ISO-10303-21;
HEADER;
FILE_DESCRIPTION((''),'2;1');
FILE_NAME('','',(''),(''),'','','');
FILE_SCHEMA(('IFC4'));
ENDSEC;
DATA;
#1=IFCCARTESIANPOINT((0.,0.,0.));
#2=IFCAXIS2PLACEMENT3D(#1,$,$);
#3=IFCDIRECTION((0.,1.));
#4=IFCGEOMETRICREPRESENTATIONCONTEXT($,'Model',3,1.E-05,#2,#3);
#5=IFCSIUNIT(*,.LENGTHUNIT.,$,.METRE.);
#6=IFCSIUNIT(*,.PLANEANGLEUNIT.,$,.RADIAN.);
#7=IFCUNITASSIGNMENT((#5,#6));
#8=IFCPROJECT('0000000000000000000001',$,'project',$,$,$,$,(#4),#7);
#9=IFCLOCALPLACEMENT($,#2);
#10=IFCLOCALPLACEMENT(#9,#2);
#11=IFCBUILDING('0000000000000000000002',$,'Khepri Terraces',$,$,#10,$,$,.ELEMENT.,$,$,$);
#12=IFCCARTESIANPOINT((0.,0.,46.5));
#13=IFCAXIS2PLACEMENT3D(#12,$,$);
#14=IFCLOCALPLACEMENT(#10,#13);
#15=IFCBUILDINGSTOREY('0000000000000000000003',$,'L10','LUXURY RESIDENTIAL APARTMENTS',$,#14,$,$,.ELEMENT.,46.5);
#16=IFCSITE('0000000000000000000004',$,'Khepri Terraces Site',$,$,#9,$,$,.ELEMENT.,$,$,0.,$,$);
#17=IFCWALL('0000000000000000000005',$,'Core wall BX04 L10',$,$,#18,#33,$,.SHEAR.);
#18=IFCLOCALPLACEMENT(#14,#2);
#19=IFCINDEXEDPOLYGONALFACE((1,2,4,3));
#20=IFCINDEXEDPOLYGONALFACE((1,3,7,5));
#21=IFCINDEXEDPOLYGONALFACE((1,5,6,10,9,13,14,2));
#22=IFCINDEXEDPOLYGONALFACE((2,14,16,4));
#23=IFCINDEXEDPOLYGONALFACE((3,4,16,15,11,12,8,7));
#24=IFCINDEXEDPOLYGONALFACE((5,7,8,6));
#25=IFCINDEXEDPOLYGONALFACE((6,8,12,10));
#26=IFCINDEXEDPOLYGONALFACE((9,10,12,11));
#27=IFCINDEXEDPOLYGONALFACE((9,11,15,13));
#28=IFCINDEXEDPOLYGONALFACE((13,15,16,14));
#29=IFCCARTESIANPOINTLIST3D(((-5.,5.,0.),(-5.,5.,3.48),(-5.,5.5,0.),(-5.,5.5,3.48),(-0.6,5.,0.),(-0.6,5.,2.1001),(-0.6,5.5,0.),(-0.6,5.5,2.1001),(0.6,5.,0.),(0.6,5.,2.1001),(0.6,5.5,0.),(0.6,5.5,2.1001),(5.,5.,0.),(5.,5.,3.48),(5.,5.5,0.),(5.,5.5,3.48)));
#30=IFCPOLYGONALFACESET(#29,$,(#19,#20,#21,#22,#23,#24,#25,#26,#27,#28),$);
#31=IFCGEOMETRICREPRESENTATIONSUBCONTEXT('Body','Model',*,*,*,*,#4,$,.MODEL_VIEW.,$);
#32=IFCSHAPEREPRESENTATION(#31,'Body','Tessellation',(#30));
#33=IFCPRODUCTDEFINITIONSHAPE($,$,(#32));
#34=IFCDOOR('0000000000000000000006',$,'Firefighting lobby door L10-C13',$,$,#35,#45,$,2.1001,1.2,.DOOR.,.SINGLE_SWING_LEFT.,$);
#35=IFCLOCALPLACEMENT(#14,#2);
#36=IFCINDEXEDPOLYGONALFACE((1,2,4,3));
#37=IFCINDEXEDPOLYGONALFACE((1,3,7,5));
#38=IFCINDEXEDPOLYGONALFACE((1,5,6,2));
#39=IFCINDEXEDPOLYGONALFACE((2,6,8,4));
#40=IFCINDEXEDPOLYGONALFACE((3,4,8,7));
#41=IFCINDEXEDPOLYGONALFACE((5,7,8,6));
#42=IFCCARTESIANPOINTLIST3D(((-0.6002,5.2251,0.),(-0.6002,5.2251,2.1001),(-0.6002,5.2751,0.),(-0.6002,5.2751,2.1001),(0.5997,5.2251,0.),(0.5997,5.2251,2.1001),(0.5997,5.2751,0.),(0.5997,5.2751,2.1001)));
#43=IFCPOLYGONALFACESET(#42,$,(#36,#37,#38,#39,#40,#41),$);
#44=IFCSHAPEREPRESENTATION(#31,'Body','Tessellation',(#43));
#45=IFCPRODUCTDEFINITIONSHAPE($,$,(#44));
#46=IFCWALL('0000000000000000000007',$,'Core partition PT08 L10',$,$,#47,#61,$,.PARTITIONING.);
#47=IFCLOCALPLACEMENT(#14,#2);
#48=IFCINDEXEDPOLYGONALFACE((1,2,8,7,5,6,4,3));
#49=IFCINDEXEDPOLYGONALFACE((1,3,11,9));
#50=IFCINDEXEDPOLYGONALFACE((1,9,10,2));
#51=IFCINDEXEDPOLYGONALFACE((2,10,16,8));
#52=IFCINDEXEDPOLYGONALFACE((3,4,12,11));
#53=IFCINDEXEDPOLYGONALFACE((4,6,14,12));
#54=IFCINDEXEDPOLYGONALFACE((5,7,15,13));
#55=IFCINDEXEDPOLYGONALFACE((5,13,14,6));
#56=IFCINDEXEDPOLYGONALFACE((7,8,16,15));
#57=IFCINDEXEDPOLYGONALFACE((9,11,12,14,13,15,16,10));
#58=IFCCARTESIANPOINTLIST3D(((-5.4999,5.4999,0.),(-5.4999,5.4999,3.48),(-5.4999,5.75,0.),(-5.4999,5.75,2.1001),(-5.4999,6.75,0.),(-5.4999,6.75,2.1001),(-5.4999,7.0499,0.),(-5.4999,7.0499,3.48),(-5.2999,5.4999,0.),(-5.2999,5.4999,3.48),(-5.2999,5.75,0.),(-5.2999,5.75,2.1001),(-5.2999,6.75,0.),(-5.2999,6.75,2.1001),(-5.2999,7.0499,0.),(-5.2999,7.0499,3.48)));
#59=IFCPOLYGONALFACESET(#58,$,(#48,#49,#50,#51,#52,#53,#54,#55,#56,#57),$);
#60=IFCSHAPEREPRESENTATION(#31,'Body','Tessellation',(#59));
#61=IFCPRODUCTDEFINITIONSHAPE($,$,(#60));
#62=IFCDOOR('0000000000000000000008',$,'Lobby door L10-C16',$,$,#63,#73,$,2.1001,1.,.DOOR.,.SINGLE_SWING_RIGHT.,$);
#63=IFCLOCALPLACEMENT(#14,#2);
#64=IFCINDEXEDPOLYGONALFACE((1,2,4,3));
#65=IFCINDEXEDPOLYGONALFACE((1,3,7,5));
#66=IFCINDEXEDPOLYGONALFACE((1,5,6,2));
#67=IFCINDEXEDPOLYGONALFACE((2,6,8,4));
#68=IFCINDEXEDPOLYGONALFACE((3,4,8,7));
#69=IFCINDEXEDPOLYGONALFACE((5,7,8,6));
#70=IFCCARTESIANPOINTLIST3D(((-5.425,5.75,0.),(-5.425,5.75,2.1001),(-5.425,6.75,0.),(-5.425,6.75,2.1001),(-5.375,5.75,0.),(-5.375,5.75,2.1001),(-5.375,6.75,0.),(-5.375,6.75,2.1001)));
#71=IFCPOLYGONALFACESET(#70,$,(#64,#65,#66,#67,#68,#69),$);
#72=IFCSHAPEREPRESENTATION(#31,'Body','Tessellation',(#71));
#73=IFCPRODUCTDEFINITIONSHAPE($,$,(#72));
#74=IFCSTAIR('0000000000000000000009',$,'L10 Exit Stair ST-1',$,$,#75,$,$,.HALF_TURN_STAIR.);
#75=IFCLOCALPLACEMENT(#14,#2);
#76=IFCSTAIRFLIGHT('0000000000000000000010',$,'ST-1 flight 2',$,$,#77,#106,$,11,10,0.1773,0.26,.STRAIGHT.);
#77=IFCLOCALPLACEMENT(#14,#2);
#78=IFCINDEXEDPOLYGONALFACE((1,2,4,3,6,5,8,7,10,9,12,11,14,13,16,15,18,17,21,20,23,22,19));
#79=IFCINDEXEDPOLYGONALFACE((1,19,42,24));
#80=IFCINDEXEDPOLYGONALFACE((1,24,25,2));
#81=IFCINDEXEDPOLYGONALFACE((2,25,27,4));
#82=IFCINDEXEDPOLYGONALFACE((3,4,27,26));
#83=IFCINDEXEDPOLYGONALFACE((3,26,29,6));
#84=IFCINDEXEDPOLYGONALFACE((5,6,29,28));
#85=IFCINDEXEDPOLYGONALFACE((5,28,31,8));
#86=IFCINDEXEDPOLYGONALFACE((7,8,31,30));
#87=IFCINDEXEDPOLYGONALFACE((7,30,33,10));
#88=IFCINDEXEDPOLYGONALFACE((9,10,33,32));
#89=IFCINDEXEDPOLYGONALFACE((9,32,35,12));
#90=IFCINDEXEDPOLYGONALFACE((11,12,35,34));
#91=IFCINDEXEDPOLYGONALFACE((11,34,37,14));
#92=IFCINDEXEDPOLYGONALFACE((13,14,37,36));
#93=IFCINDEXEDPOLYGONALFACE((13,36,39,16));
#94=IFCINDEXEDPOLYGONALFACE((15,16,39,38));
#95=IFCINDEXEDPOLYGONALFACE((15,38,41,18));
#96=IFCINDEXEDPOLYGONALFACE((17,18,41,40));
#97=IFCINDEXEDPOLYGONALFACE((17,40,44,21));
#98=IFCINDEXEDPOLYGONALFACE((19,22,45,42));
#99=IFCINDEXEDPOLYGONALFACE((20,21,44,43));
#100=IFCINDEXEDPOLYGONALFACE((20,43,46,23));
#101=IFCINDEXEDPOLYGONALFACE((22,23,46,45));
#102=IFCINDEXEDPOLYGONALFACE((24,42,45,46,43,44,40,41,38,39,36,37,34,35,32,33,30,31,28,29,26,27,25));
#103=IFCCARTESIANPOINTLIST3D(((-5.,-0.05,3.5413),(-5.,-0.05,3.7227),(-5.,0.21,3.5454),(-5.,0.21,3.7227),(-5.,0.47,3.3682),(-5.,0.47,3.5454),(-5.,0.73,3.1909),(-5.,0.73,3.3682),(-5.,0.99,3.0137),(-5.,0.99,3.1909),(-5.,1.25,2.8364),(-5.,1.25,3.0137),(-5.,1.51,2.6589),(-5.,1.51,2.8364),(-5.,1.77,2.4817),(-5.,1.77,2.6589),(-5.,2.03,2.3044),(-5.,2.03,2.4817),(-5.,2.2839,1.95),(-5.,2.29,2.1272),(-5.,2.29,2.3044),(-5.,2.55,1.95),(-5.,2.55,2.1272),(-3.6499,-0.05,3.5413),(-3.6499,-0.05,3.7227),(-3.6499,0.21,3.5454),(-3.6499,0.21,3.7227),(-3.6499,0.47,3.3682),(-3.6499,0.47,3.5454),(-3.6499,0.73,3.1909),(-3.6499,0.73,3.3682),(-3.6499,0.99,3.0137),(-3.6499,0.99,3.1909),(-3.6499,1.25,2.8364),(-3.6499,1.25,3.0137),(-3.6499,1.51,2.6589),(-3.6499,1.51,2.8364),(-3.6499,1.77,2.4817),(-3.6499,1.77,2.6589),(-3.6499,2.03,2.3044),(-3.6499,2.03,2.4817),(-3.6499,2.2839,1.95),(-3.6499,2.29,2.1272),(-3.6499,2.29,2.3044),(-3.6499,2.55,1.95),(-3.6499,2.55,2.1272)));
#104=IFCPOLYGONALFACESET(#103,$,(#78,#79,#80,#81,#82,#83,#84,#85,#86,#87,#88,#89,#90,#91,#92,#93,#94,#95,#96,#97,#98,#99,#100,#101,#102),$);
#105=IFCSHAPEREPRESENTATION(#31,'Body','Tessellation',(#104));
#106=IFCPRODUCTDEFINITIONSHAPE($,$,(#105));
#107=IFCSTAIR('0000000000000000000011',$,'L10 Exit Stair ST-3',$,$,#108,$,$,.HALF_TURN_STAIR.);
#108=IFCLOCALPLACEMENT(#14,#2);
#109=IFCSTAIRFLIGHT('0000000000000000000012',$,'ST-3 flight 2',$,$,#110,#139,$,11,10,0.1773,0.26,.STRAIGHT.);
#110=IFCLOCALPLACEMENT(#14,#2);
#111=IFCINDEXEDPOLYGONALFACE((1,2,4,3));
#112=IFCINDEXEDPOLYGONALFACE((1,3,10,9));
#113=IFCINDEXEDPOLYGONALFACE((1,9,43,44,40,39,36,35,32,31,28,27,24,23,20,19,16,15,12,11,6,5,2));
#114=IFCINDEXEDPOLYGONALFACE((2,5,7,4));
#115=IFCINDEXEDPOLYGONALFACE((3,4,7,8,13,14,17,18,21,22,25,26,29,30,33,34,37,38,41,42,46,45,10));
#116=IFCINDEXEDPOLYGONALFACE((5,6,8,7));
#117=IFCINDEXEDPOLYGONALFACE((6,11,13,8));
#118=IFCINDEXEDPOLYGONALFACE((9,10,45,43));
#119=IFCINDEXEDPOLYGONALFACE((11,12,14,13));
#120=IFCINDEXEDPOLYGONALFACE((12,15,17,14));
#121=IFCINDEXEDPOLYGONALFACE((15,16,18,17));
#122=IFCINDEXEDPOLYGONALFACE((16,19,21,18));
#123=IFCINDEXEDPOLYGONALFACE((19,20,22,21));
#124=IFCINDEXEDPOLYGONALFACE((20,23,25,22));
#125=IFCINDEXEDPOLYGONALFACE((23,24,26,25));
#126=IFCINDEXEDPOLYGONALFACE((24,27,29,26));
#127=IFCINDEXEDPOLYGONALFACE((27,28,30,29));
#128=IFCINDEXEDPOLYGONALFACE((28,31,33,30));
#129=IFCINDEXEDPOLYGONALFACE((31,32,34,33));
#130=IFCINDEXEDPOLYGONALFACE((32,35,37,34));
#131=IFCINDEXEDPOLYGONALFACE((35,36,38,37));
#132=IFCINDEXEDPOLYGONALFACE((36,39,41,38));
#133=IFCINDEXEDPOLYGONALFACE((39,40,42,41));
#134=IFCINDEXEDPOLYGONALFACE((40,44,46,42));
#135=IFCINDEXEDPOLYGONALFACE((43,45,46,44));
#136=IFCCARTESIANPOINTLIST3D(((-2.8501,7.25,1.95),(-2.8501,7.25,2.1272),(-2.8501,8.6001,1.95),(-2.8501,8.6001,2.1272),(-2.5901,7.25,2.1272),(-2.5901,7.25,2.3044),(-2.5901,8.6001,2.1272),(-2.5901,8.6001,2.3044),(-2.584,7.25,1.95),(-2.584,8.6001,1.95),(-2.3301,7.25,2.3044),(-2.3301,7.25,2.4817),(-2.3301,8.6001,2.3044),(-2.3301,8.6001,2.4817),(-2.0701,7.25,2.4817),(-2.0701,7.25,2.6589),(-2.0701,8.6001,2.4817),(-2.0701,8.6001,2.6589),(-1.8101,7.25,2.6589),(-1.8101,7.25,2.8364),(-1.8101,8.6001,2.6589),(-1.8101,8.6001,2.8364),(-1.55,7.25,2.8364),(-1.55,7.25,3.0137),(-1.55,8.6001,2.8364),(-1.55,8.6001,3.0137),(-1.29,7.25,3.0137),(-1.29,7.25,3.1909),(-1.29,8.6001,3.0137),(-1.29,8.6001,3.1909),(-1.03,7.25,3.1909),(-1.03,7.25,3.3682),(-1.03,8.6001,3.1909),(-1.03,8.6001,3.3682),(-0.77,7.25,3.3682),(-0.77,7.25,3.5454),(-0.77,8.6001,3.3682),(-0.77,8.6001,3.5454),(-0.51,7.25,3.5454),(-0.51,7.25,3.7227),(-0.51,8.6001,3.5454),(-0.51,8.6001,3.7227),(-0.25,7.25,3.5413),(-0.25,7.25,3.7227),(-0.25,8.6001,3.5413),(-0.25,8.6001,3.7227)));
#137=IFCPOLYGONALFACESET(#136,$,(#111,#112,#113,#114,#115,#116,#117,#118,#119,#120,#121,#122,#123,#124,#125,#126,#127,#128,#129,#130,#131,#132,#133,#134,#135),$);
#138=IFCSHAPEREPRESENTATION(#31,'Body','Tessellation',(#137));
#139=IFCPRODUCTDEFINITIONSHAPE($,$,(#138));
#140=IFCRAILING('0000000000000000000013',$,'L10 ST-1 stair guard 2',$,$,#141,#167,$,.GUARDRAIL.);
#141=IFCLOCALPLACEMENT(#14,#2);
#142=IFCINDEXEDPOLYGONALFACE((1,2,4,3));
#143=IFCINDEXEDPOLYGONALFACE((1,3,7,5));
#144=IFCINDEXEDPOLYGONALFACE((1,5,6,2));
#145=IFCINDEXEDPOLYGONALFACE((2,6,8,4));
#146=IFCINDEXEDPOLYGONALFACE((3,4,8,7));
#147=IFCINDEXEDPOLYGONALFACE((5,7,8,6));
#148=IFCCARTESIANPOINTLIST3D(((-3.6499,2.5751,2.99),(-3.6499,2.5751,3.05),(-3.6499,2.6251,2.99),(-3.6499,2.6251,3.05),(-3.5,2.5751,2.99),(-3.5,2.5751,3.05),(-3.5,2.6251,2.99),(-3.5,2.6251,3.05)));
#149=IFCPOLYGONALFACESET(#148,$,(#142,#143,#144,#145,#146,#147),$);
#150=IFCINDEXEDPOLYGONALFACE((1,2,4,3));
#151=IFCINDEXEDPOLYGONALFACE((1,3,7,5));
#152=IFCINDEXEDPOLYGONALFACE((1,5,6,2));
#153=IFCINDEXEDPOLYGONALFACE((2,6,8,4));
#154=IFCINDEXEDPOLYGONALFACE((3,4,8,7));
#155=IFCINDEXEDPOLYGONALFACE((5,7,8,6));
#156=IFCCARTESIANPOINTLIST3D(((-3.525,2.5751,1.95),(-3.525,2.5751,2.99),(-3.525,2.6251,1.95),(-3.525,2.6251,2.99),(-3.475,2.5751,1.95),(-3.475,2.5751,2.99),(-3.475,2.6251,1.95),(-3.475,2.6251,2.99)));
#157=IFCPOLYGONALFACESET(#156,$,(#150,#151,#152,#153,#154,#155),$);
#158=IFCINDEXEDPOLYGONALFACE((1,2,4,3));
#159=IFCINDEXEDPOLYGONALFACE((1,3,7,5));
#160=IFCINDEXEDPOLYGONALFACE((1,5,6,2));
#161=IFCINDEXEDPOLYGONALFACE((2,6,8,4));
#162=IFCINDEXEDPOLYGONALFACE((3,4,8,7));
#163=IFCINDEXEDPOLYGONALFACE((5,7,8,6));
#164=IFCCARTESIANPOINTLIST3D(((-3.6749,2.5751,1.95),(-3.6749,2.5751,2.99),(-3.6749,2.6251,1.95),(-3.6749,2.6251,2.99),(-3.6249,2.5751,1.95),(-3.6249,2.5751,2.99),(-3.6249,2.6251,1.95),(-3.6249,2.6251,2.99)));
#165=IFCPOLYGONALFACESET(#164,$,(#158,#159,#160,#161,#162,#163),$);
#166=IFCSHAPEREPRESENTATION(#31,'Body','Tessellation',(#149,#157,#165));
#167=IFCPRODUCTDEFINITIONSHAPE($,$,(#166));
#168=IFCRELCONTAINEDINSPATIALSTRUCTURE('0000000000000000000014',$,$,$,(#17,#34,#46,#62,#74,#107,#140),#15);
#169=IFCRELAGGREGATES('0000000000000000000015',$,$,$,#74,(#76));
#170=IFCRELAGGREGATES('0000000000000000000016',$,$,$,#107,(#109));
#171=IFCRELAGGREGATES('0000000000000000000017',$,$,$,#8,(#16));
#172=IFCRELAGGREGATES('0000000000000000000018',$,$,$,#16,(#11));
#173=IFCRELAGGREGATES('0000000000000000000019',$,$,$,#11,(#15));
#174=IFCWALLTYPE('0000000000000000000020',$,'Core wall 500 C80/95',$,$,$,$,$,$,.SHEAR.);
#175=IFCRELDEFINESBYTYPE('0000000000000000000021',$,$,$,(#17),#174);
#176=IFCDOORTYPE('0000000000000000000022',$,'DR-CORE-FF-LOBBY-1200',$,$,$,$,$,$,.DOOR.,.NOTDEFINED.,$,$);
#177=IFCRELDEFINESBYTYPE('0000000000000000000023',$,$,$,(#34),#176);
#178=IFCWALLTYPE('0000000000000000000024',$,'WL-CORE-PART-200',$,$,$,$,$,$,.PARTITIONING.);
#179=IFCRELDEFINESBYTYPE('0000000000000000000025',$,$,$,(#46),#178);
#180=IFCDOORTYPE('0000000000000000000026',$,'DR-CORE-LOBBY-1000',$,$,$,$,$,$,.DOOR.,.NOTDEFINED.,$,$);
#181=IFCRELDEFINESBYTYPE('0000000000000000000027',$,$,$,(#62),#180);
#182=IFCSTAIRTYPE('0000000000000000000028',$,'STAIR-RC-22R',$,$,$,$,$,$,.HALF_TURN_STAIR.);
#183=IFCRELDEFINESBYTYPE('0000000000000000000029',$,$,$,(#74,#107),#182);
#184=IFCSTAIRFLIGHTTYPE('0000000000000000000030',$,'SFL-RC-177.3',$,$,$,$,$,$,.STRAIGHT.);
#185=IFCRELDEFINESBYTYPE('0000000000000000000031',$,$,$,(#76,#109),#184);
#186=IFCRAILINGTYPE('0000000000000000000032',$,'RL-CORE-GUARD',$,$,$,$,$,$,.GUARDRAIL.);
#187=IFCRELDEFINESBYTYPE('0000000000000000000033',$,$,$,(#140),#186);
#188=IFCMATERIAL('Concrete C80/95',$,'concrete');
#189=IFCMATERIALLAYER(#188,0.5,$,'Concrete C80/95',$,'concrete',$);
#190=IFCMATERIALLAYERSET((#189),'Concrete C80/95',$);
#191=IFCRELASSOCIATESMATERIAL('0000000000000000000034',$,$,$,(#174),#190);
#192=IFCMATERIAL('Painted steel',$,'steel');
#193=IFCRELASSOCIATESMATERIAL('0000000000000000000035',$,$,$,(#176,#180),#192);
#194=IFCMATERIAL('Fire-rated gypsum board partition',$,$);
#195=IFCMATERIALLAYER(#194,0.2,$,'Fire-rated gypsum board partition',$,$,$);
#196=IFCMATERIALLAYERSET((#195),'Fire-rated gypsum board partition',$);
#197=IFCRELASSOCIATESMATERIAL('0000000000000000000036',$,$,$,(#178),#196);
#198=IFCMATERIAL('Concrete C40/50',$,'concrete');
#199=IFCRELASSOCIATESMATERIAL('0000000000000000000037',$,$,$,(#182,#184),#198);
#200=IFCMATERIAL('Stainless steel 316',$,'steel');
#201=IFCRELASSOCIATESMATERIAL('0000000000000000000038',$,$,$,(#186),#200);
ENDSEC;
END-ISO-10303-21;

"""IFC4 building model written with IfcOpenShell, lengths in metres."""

from ifc_helpers import new_model, si_unit, direction, frame, frame_2d, origin, origin_2d, place, context, subcontext, project, spatial, polyline, rectangle, outline, extrude, material, layer, layer_set, type_object, element, fill, aggregate, save


model = new_model("IFC4")

# Units and contexts
model_context = context("Model", 3, precision=1e-05, world=origin(), true_north=direction((0.0, 1.0)))
body_context = subcontext(model_context, "Body", "Model", "MODEL_VIEW")
ifc_project = project(units=[si_unit("LENGTHUNIT", "METRE"), si_unit("PLANEANGLEUNIT", "RADIAN")], contexts=[model_context])

# Site, building, storey
site_placement = place(None, origin())
site = spatial("IfcSite", under=ifc_project, at=site_placement, Name="Khepri Terraces Site", CompositionType="ELEMENT", RefElevation=0.0)
building_placement = place(site_placement, origin())
building = spatial("IfcBuilding", under=site, at=building_placement, Name="Khepri Terraces", CompositionType="ELEMENT")
storey_placement = place(building_placement, frame((0.0, 0.0, 46.5)))
storey = spatial("IfcBuildingStorey", under=building, at=storey_placement, Name="L10", Description="LUXURY RESIDENTIAL APARTMENTS", CompositionType="ELEMENT", Elevation=46.5)

# Shared definitions
ifc_material_1 = material(Name="Concrete C40/50", Category="concrete")

# Shared definitions
ifc_material_2 = material(Name="Concrete C80/95", Category="concrete")

# Walls, openings, doors
ifc_layer_1 = layer(ifc_material_2, 0.5, Name="Concrete C80/95", Category="concrete")
ifc_layer_set_1 = layer_set([ifc_layer_1], Name="Concrete C80/95")
wall_type_1 = type_object("IfcWallType", Name="Core wall 500 C80/95", PredefinedType="SHEAR", material=ifc_layer_set_1)
wall_1_placement = place(storey_placement, frame((-5.0, 5.25, 0.0), z_axis=(0.0, 0.0, 1.0), x_axis=(1.0, 0.0, 0.0)))
wall_1 = element("IfcWall", 1, at=wall_1_placement, inside=storey, type_object=wall_type_1, Name="Core wall BX04 L10", PredefinedType="SHEAR", context=body_context, shape_type="SweptSolid", body=[
    extrude(rectangle(XDim=10.0, YDim=0.5, at=frame_2d((5.0, 0.0))), origin(), (0.0, 0.0, 1.0), 3.48),
])
opening_1_placement = place(wall_1_placement, frame((4.3999, 0.0, 0.0)))
opening_1 = element("IfcOpeningElement", 2, at=opening_1_placement, cuts=wall_1, PredefinedType="OPENING", context=body_context, shape_type="SweptSolid", body=[
    extrude(rectangle(XDim=1.2, YDim=2.1001, at=frame_2d((0.6001, 1.05))), frame((0.0, 0.26, 0.0), z_axis=(0.0, -1.0, 0.0), x_axis=(1.0, 0.0, 0.0)), (0.0, 0.0, 1.0), 0.52),
])
ifc_material_3 = material(Name="Painted steel", Category="steel")
door_type_1 = type_object("IfcDoorType", Name="DR-CORE-FF-LOBBY-1200", OperationType="NOTDEFINED", PredefinedType="DOOR", material=ifc_material_3)
door_1_placement = place(opening_1_placement, frame((1.2, 0.0, 0.0), z_axis=(0.0, 0.0, 1.0), x_axis=(-1.0, 0.0, 0.0)))
door_1 = element("IfcDoor", 3, at=door_1_placement, inside=storey, type_object=door_type_1, Name="Firefighting lobby door L10-C13", OperationType="SINGLE_SWING_LEFT", OverallHeight=2.1001, OverallWidth=1.2, PredefinedType="DOOR", context=body_context, shape_type="SweptSolid", body=[
    extrude(rectangle(XDim=1.2, YDim=2.1001, at=frame_2d((0.6001, 1.05))), frame((0.0, 0.0249, 0.0), z_axis=(0.0, -1.0, 0.0), x_axis=(1.0, 0.0, 0.0)), (0.0, 0.0, 1.0), 0.05),
])
fill(opening_1, door_1)
ifc_material_4 = material(Name="Fire-rated gypsum board partition")
ifc_layer_2 = layer(ifc_material_4, 0.2, Name="Fire-rated gypsum board partition")
ifc_layer_set_2 = layer_set([ifc_layer_2], Name="Fire-rated gypsum board partition")
wall_type_2 = type_object("IfcWallType", Name="WL-CORE-PART-200", PredefinedType="PARTITIONING", material=ifc_layer_set_2)
wall_2_placement = place(storey_placement, frame((-5.3999, 5.5, 0.0), z_axis=(0.0, 0.0, 1.0), x_axis=(0.0, 1.0, 0.0)))
wall_2 = element("IfcWall", 4, at=wall_2_placement, inside=storey, type_object=wall_type_2, Name="Core partition PT08 L10", PredefinedType="PARTITIONING", context=body_context, shape_type="SweptSolid", body=[
    extrude(rectangle(XDim=1.55, YDim=0.2, at=frame_2d((0.7749, 0.0))), origin(), (0.0, 0.0, 1.0), 3.48),
])
opening_2_placement = place(wall_2_placement, frame((0.25, 0.0, 0.0)))
opening_2 = element("IfcOpeningElement", 5, at=opening_2_placement, cuts=wall_2, PredefinedType="OPENING", context=body_context, shape_type="SweptSolid", body=[
    extrude(rectangle(XDim=1.0, YDim=2.1001, at=frame_2d((0.5, 1.05))), frame((0.0, 0.1099, 0.0), z_axis=(0.0, -1.0, 0.0), x_axis=(1.0, 0.0, 0.0)), (0.0, 0.0, 1.0), 0.22),
])
door_type_2 = type_object("IfcDoorType", Name="DR-CORE-LOBBY-1000", OperationType="NOTDEFINED", PredefinedType="DOOR", material=ifc_material_3)
door_2_placement = place(opening_2_placement, frame((1.0, 0.0, 0.0), z_axis=(0.0, 0.0, 1.0), x_axis=(-1.0, 0.0, 0.0)))
door_2 = element("IfcDoor", 6, at=door_2_placement, inside=storey, type_object=door_type_2, Name="Lobby door L10-C16", OperationType="SINGLE_SWING_RIGHT", OverallHeight=2.1001, OverallWidth=1.0, PredefinedType="DOOR", context=body_context, shape_type="SweptSolid", body=[
    extrude(rectangle(XDim=1.0, YDim=2.1001, at=frame_2d((0.5, 1.05))), frame((0.0, 0.0249, 0.0), z_axis=(0.0, -1.0, 0.0), x_axis=(1.0, 0.0, 0.0)), (0.0, 0.0, 1.0), 0.05),
])
fill(opening_2, door_2)

# Stairs, stair flights
stair_type = type_object("IfcStairType", Name="STAIR-RC-22R", PredefinedType="HALF_TURN_STAIR", material=ifc_material_1)
stair_1_placement = place(storey_placement, origin())
stair_1 = element("IfcStair", 7, at=stair_1_placement, inside=storey, type_object=stair_type, Name="L10 Exit Stair ST-1", PredefinedType="HALF_TURN_STAIR")
stair_flight_type = type_object("IfcStairFlightType", Name="SFL-RC-177.3", PredefinedType="STRAIGHT", material=ifc_material_1)
stair_flight_1_placement = place(storey_placement, frame((-4.325, 2.55, 1.95), z_axis=(0.0, 0.0, 1.0), x_axis=(0.0, -1.0, 0.0)))
stair_flight_1 = element("IfcStairFlight", 8, at=stair_flight_1_placement, type_object=stair_flight_type, Name="ST-1 flight 2", NumberOfRisers=11, NumberOfTreads=10, PredefinedType="STRAIGHT", RiserHeight=0.1773, TreadLength=0.26, context=body_context, shape_type="SweptSolid", body=[
    extrude(outline(polyline([(0.0, 0.0), (0.0, 0.1772), (0.26, 0.1772), (0.26, 0.3545), (0.52, 0.3545), (0.52, 0.5317), (0.78, 0.5317), (0.78, 0.709), (1.04, 0.709), (1.04, 0.8865), (1.3, 0.8865), (1.3, 1.0637), (1.5601, 1.0637), (1.5601, 1.241), (1.8201, 1.241), (1.8201, 1.4182), (2.0801, 1.4182), (2.0801, 1.5955), (2.3401, 1.5955), (2.3401, 1.7727), (2.6001, 1.7727), (2.6001, 1.95), (2.6001, 1.5913), (0.2661, 0.0), (0.0, 0.0)])), frame((0.0, 0.675, 0.0), z_axis=(0.0, -1.0, 0.0), x_axis=(1.0, 0.0, 0.0)), (0.0, 0.0, 1.0), 1.3501),
])
aggregate(stair_1, [stair_flight_1])
stair_2_placement = place(storey_placement, origin())
stair_2 = element("IfcStair", 9, at=stair_2_placement, inside=storey, type_object=stair_type, Name="L10 Exit Stair ST-3", PredefinedType="HALF_TURN_STAIR")
stair_flight_2_placement = place(storey_placement, frame((-2.8501, 7.925, 1.95), z_axis=(0.0, 0.0, 1.0), x_axis=(1.0, 0.0, 0.0)))
stair_flight_2 = element("IfcStairFlight", 10, at=stair_flight_2_placement, type_object=stair_flight_type, Name="ST-3 flight 2", NumberOfRisers=11, NumberOfTreads=10, PredefinedType="STRAIGHT", RiserHeight=0.1773, TreadLength=0.26, context=body_context, shape_type="SweptSolid", body=[
    extrude(outline(polyline([(0.0, 0.0), (0.0, 0.1772), (0.26, 0.1772), (0.26, 0.3545), (0.52, 0.3545), (0.52, 0.5317), (0.78, 0.5317), (0.78, 0.709), (1.04, 0.709), (1.04, 0.8865), (1.3, 0.8865), (1.3, 1.0637), (1.5601, 1.0637), (1.5601, 1.241), (1.8201, 1.241), (1.8201, 1.4182), (2.0801, 1.4182), (2.0801, 1.5955), (2.3401, 1.5955), (2.3401, 1.7727), (2.6001, 1.7727), (2.6001, 1.95), (2.6001, 1.5913), (0.2661, 0.0), (0.0, 0.0)])), frame((0.0, 0.675, 0.0), z_axis=(0.0, -1.0, 0.0), x_axis=(1.0, 0.0, 0.0)), (0.0, 0.0, 1.0), 1.3501),
])
aggregate(stair_2, [stair_flight_2])

# Railing
ifc_material_5 = material(Name="Stainless steel 316", Category="steel")
railing_type_1 = type_object("IfcRailingType", Name="RL-CORE-GUARD", PredefinedType="GUARDRAIL", material=ifc_material_5)
railing_1_placement = place(storey_placement, frame((-3.5, 2.6001, 1.95)))
element("IfcRailing", 11, at=railing_1_placement, inside=storey, type_object=railing_type_1, Name="L10 ST-1 stair guard 2", PredefinedType="GUARDRAIL", context=body_context, shape_type="SweptSolid", body=[
    extrude(rectangle(XDim=0.05, YDim=0.0601, at=origin_2d()), frame((0.0, 0.0, 1.0701), z_axis=(-1.0, 0.0, 0.0), x_axis=(0.0, -1.0, 0.0)), (0.0, 0.0, 1.0), 0.1499),
    extrude(rectangle(XDim=0.05, YDim=0.05, at=origin_2d()), origin(), (0.0, 0.0, 1.0), 1.04),
    extrude(rectangle(XDim=0.05, YDim=0.05, at=origin_2d()), frame((-0.1499, 0.0, 0.0)), (0.0, 0.0, 1.0), 1.04),
])

save(model, "model.ifc")
